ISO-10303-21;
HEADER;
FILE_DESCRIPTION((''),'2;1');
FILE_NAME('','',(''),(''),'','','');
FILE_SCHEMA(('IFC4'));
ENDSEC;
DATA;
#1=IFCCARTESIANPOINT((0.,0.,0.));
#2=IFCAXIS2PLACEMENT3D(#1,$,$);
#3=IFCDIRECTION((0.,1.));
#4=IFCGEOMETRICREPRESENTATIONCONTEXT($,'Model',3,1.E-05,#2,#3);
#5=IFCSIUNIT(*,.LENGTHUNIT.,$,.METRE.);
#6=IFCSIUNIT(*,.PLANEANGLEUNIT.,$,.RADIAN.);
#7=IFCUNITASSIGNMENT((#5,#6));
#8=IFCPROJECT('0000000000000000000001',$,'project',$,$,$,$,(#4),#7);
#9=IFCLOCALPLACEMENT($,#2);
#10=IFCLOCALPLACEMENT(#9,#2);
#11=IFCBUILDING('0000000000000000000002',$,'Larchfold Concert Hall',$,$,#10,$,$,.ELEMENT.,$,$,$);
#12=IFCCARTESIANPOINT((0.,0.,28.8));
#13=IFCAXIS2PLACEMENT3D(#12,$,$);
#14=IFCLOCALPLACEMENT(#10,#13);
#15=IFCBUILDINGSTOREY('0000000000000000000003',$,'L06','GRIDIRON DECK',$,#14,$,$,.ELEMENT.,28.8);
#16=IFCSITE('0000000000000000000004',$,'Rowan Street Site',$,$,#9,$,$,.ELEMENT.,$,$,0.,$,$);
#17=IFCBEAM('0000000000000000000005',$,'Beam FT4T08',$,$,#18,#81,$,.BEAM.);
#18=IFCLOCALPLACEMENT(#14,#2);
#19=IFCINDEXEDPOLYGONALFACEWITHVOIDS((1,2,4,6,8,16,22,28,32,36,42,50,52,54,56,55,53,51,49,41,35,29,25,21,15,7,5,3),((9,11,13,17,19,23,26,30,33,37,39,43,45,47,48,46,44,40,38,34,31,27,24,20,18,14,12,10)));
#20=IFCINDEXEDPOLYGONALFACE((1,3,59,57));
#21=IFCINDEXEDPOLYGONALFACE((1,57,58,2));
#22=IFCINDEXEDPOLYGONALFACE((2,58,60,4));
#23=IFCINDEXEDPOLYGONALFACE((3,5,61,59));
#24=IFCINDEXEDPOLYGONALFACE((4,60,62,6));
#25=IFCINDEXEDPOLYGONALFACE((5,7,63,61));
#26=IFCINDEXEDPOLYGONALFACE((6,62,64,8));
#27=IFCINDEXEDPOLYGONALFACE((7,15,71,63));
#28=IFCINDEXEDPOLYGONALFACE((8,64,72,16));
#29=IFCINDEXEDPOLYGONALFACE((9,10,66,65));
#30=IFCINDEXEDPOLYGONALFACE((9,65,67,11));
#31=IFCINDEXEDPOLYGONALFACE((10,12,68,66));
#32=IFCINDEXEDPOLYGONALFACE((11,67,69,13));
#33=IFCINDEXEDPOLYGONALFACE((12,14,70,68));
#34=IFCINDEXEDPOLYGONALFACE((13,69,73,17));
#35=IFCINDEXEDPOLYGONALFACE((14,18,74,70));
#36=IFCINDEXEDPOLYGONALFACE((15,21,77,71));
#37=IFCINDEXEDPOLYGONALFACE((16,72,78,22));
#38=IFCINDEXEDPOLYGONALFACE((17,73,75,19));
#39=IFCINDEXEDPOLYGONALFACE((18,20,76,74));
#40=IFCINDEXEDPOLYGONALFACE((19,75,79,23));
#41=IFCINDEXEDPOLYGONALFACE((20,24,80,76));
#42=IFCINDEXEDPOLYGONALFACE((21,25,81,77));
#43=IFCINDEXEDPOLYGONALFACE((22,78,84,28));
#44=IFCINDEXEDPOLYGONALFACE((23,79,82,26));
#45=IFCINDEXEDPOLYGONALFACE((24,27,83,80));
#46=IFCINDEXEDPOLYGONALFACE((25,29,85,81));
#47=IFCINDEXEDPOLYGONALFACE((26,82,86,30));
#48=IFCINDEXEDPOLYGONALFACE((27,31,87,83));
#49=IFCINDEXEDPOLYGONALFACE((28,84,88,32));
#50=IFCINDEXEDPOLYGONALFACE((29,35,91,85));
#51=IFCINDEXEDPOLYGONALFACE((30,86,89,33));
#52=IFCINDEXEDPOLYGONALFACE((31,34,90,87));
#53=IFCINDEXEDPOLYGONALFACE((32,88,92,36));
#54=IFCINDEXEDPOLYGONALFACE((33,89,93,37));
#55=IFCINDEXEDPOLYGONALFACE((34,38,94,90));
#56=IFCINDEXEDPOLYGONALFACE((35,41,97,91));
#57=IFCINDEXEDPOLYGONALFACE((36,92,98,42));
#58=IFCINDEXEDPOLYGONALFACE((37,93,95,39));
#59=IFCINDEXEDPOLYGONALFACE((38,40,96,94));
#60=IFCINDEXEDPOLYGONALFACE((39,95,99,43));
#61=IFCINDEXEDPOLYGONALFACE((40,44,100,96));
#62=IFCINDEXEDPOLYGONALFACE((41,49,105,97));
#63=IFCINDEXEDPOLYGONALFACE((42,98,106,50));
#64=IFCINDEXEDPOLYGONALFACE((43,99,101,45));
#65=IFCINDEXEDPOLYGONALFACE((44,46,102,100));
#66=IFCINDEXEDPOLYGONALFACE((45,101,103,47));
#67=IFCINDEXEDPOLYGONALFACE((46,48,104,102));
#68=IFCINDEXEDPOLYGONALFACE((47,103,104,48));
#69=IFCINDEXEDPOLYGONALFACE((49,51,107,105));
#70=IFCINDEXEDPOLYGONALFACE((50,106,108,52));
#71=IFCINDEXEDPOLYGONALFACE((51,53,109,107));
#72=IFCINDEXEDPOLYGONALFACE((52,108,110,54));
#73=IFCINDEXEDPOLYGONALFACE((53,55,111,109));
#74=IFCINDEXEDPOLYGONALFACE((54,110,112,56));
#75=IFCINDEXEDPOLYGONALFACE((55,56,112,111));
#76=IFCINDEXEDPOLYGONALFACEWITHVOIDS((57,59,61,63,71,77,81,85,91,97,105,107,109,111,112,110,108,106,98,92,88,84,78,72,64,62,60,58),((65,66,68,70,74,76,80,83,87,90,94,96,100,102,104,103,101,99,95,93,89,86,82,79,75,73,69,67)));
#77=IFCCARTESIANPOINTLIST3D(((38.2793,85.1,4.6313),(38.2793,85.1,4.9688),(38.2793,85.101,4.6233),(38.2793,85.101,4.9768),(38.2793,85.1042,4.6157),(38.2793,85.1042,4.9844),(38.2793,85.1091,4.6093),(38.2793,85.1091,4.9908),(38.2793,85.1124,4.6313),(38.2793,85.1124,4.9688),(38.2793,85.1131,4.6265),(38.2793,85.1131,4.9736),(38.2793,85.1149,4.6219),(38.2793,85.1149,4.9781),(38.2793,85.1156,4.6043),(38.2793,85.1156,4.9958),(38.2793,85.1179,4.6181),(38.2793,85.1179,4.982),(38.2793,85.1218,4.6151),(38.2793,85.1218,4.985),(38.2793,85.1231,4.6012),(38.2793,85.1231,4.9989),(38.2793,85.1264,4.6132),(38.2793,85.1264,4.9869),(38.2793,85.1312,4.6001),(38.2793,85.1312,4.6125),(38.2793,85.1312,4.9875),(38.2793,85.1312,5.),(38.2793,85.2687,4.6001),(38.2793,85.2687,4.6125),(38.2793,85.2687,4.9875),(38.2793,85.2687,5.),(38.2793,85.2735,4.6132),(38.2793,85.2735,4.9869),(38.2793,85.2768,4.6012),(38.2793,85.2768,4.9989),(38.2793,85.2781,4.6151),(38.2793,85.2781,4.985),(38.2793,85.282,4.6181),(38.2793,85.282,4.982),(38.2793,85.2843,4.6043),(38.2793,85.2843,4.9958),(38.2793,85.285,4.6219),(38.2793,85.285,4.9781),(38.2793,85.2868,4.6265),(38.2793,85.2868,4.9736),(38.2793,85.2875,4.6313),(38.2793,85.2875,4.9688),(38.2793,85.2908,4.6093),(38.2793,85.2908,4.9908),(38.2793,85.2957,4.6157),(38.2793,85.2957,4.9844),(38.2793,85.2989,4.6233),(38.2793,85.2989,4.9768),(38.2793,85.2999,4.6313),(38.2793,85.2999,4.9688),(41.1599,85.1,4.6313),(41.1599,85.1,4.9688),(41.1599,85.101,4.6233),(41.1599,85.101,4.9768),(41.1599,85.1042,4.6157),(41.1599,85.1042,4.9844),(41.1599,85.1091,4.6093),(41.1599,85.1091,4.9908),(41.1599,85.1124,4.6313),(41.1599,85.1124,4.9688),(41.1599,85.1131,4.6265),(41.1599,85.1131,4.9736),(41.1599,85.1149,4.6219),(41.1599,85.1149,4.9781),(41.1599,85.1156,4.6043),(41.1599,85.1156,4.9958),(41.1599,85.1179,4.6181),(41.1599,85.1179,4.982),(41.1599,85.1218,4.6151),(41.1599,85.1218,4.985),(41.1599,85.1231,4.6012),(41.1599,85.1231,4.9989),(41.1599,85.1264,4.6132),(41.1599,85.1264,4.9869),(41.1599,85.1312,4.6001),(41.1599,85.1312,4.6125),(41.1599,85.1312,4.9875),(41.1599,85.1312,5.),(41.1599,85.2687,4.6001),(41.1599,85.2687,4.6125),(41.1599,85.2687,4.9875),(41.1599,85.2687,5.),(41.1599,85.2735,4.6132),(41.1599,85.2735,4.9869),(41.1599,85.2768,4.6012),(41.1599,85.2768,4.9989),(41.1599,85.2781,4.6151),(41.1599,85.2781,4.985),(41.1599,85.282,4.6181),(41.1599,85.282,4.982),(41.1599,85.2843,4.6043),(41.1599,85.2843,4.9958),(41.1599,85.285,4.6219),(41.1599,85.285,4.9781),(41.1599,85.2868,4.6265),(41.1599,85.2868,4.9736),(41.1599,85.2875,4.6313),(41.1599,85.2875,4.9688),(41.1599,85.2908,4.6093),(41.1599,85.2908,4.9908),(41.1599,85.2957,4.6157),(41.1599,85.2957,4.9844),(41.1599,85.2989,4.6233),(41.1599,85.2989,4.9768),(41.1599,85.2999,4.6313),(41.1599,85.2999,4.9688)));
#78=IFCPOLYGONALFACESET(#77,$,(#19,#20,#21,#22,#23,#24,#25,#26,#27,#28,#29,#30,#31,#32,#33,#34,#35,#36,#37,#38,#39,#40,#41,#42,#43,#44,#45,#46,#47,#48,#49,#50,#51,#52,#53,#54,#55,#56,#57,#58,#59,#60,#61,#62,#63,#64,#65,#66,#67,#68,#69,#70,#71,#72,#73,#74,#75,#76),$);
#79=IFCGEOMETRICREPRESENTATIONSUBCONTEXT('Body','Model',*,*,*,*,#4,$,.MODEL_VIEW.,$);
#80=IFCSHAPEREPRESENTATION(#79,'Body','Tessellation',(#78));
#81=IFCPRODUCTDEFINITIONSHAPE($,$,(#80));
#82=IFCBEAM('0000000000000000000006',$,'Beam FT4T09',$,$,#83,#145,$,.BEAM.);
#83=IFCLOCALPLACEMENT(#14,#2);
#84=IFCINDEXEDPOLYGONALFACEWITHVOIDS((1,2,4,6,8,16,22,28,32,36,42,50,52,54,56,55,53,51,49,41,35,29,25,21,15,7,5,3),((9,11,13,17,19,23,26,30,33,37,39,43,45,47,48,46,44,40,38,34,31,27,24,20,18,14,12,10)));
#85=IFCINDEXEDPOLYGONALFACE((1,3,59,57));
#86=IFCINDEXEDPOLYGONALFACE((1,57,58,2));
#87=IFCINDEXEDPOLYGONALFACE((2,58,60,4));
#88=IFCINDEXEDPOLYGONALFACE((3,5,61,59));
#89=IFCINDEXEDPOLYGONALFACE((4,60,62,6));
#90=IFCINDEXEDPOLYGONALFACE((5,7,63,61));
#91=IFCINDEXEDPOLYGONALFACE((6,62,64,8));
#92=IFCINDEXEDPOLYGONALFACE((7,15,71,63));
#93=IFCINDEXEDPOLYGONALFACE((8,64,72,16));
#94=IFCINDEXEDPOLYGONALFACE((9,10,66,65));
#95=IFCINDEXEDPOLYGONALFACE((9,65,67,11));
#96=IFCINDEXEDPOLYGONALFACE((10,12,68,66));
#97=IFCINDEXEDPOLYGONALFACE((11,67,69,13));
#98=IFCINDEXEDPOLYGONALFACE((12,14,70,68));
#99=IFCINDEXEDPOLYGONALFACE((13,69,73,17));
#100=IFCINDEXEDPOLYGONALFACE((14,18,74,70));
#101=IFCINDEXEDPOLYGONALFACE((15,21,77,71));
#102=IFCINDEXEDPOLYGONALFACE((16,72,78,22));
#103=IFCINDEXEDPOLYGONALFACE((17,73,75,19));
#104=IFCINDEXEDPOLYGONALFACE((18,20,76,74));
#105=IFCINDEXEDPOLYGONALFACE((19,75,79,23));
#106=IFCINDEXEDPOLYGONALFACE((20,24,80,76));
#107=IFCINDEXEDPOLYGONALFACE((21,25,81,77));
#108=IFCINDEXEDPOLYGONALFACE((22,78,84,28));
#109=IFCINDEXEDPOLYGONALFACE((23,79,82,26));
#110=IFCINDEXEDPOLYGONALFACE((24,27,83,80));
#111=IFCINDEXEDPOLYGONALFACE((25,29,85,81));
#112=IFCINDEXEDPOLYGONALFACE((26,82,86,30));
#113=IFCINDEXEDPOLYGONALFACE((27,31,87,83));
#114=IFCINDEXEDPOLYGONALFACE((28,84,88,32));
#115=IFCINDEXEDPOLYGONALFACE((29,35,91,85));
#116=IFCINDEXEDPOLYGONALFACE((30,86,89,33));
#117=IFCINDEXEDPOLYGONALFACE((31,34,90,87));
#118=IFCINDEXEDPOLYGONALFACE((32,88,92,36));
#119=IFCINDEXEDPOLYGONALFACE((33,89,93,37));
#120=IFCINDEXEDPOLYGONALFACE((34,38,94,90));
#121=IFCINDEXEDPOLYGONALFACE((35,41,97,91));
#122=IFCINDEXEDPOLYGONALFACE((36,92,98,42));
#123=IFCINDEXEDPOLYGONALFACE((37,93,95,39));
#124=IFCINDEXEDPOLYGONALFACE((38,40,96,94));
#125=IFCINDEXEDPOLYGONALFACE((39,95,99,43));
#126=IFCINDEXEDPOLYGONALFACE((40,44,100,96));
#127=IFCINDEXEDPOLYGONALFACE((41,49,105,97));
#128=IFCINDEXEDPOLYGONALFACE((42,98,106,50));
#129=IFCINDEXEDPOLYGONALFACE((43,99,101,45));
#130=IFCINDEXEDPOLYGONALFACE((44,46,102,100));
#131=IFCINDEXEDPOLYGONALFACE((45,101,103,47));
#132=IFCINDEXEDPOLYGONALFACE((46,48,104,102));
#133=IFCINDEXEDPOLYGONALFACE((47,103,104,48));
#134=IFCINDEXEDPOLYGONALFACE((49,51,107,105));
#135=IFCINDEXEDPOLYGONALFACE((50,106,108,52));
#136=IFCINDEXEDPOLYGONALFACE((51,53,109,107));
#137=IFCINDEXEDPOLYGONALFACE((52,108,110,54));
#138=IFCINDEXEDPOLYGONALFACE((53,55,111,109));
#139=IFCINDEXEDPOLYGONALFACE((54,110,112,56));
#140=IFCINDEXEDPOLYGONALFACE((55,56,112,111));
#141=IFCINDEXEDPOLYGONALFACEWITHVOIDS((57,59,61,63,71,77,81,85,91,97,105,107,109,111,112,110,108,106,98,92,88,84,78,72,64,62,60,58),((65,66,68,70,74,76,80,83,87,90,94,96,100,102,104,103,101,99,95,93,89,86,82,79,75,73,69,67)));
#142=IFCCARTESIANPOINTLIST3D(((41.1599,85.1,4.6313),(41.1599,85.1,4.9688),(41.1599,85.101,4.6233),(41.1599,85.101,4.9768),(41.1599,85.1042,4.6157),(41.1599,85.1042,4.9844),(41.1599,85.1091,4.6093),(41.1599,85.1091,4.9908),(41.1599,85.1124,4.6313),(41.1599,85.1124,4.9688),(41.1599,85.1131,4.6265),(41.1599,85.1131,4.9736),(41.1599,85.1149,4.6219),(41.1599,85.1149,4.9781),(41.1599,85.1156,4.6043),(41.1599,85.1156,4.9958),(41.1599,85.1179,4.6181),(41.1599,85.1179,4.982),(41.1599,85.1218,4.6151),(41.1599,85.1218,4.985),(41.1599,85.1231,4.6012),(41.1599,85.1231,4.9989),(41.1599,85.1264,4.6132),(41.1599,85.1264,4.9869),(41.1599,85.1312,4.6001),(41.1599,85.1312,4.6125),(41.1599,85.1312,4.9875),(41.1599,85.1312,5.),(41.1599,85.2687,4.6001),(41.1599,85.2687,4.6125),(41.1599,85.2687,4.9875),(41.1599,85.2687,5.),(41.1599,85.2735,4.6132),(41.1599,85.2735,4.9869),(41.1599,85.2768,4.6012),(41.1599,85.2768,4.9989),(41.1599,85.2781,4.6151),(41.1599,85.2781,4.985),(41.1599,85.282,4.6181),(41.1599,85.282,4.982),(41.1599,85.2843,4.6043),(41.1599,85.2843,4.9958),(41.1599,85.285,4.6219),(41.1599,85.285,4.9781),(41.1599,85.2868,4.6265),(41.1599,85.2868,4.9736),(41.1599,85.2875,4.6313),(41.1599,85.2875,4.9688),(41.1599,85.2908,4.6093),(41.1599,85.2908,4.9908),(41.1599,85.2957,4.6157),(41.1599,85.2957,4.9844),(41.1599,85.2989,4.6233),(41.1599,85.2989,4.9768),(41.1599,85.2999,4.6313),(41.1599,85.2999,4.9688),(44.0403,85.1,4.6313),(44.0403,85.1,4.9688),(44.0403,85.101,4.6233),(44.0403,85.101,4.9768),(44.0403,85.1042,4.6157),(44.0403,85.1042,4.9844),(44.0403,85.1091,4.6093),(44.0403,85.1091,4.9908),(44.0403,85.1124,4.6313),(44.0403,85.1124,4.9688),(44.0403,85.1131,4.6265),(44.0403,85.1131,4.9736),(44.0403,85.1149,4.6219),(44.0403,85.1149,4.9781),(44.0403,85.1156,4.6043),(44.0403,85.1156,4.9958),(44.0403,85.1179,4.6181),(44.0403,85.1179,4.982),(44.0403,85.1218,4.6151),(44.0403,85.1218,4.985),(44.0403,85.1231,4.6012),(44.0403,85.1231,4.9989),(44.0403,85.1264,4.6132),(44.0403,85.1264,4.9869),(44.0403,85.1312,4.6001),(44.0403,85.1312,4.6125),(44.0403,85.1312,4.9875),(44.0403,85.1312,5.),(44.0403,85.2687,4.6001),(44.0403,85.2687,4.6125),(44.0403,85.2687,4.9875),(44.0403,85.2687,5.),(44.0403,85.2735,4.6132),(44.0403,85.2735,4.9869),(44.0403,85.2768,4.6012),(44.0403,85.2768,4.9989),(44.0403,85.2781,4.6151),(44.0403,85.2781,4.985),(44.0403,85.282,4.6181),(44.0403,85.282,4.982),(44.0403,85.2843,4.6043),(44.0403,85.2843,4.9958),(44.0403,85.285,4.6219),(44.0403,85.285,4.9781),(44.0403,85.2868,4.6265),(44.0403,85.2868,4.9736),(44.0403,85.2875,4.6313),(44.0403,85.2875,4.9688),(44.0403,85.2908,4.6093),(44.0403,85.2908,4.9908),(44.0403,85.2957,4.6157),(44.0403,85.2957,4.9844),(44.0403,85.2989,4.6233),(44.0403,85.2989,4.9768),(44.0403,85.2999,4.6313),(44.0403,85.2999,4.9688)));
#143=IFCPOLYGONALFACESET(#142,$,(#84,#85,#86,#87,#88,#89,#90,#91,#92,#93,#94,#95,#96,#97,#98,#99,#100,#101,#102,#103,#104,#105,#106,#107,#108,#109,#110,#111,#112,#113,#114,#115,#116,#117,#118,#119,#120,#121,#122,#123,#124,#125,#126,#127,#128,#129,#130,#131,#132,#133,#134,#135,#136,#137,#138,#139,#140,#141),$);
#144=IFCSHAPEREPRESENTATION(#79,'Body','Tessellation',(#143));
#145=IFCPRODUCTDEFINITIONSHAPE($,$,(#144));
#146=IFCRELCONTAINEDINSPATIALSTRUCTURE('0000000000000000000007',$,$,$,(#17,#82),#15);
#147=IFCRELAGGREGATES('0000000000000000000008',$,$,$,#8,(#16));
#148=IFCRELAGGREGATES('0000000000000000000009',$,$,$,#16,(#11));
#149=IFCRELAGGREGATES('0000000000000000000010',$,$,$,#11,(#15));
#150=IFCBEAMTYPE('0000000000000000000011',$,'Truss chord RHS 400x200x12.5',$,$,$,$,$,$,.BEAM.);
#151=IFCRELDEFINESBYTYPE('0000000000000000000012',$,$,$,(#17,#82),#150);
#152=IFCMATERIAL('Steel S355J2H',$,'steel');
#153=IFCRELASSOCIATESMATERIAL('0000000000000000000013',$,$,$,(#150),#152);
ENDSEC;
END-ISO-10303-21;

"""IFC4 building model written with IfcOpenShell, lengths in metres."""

from ifc_helpers import new_model, si_unit, direction, frame, origin, origin_2d, place, context, subcontext, project, spatial, hollow_rectangle, extrude, material, material_profile, profile_set, type_object, element, save


model = new_model("IFC4")

# Units and contexts
model_context = context("Model", 3, precision=1e-05, world=origin(), true_north=direction((0.0, 1.0)))
body_context = subcontext(model_context, "Body", "Model", "MODEL_VIEW")
ifc_project = project(units=[si_unit("LENGTHUNIT", "METRE"), si_unit("PLANEANGLEUNIT", "RADIAN")], contexts=[model_context])

# Site, building, storey
site_placement = place(None, origin())
site = spatial("IfcSite", under=ifc_project, at=site_placement, Name="Rowan Street Site", CompositionType="ELEMENT", RefElevation=0.0)
building_placement = place(site_placement, origin())
building = spatial("IfcBuilding", under=site, at=building_placement, Name="Larchfold Concert Hall", CompositionType="ELEMENT")
storey_placement = place(building_placement, frame((0.0, 0.0, 28.8)))
storey = spatial("IfcBuildingStorey", under=building, at=storey_placement, Name="L06", Description="GRIDIRON DECK", CompositionType="ELEMENT", Elevation=28.8)

# Beams
ifc_material_1 = material(Name="Steel S355J2H", Category="steel")
ifc_material_profile_1 = material_profile(ifc_material_1, hollow_rectangle(XDim=0.2, YDim=0.3999, WallThickness=0.0125, InnerFilletRadius=0.0188, OuterFilletRadius=0.0312, at=origin_2d()))
ifc_profile_set_1 = profile_set([ifc_material_profile_1], Name="Steel S355J2H")
beam_type_1 = type_object("IfcBeamType", Name="Truss chord RHS 400x200x12.5", PredefinedType="BEAM", material=ifc_profile_set_1)
beam_1_placement = place(storey_placement, frame((38.2793, 85.2, 4.8), z_axis=(1.0, 0.0, 0.0), x_axis=(0.0, 1.0, 0.0)))
element("IfcBeam", 1, at=beam_1_placement, inside=storey, type_object=beam_type_1, Name="Beam FT4T08", PredefinedType="BEAM", context=body_context, shape_type="SweptSolid", body=[
    extrude(hollow_rectangle(XDim=0.2, YDim=0.3999, WallThickness=0.0125, InnerFilletRadius=0.0188, OuterFilletRadius=0.0312, at=origin_2d()), origin(), (0.0, 0.0, 1.0), 2.8806),
])
beam_2_placement = place(storey_placement, frame((41.1599, 85.2, 4.8), z_axis=(1.0, 0.0, 0.0), x_axis=(0.0, 1.0, 0.0)))
element("IfcBeam", 2, at=beam_2_placement, inside=storey, type_object=beam_type_1, Name="Beam FT4T09", PredefinedType="BEAM", context=body_context, shape_type="SweptSolid", body=[
    extrude(hollow_rectangle(XDim=0.2, YDim=0.3999, WallThickness=0.0125, InnerFilletRadius=0.0188, OuterFilletRadius=0.0312, at=origin_2d()), origin(), (0.0, 0.0, 1.0), 2.8804),
])

save(model, "model.ifc")
